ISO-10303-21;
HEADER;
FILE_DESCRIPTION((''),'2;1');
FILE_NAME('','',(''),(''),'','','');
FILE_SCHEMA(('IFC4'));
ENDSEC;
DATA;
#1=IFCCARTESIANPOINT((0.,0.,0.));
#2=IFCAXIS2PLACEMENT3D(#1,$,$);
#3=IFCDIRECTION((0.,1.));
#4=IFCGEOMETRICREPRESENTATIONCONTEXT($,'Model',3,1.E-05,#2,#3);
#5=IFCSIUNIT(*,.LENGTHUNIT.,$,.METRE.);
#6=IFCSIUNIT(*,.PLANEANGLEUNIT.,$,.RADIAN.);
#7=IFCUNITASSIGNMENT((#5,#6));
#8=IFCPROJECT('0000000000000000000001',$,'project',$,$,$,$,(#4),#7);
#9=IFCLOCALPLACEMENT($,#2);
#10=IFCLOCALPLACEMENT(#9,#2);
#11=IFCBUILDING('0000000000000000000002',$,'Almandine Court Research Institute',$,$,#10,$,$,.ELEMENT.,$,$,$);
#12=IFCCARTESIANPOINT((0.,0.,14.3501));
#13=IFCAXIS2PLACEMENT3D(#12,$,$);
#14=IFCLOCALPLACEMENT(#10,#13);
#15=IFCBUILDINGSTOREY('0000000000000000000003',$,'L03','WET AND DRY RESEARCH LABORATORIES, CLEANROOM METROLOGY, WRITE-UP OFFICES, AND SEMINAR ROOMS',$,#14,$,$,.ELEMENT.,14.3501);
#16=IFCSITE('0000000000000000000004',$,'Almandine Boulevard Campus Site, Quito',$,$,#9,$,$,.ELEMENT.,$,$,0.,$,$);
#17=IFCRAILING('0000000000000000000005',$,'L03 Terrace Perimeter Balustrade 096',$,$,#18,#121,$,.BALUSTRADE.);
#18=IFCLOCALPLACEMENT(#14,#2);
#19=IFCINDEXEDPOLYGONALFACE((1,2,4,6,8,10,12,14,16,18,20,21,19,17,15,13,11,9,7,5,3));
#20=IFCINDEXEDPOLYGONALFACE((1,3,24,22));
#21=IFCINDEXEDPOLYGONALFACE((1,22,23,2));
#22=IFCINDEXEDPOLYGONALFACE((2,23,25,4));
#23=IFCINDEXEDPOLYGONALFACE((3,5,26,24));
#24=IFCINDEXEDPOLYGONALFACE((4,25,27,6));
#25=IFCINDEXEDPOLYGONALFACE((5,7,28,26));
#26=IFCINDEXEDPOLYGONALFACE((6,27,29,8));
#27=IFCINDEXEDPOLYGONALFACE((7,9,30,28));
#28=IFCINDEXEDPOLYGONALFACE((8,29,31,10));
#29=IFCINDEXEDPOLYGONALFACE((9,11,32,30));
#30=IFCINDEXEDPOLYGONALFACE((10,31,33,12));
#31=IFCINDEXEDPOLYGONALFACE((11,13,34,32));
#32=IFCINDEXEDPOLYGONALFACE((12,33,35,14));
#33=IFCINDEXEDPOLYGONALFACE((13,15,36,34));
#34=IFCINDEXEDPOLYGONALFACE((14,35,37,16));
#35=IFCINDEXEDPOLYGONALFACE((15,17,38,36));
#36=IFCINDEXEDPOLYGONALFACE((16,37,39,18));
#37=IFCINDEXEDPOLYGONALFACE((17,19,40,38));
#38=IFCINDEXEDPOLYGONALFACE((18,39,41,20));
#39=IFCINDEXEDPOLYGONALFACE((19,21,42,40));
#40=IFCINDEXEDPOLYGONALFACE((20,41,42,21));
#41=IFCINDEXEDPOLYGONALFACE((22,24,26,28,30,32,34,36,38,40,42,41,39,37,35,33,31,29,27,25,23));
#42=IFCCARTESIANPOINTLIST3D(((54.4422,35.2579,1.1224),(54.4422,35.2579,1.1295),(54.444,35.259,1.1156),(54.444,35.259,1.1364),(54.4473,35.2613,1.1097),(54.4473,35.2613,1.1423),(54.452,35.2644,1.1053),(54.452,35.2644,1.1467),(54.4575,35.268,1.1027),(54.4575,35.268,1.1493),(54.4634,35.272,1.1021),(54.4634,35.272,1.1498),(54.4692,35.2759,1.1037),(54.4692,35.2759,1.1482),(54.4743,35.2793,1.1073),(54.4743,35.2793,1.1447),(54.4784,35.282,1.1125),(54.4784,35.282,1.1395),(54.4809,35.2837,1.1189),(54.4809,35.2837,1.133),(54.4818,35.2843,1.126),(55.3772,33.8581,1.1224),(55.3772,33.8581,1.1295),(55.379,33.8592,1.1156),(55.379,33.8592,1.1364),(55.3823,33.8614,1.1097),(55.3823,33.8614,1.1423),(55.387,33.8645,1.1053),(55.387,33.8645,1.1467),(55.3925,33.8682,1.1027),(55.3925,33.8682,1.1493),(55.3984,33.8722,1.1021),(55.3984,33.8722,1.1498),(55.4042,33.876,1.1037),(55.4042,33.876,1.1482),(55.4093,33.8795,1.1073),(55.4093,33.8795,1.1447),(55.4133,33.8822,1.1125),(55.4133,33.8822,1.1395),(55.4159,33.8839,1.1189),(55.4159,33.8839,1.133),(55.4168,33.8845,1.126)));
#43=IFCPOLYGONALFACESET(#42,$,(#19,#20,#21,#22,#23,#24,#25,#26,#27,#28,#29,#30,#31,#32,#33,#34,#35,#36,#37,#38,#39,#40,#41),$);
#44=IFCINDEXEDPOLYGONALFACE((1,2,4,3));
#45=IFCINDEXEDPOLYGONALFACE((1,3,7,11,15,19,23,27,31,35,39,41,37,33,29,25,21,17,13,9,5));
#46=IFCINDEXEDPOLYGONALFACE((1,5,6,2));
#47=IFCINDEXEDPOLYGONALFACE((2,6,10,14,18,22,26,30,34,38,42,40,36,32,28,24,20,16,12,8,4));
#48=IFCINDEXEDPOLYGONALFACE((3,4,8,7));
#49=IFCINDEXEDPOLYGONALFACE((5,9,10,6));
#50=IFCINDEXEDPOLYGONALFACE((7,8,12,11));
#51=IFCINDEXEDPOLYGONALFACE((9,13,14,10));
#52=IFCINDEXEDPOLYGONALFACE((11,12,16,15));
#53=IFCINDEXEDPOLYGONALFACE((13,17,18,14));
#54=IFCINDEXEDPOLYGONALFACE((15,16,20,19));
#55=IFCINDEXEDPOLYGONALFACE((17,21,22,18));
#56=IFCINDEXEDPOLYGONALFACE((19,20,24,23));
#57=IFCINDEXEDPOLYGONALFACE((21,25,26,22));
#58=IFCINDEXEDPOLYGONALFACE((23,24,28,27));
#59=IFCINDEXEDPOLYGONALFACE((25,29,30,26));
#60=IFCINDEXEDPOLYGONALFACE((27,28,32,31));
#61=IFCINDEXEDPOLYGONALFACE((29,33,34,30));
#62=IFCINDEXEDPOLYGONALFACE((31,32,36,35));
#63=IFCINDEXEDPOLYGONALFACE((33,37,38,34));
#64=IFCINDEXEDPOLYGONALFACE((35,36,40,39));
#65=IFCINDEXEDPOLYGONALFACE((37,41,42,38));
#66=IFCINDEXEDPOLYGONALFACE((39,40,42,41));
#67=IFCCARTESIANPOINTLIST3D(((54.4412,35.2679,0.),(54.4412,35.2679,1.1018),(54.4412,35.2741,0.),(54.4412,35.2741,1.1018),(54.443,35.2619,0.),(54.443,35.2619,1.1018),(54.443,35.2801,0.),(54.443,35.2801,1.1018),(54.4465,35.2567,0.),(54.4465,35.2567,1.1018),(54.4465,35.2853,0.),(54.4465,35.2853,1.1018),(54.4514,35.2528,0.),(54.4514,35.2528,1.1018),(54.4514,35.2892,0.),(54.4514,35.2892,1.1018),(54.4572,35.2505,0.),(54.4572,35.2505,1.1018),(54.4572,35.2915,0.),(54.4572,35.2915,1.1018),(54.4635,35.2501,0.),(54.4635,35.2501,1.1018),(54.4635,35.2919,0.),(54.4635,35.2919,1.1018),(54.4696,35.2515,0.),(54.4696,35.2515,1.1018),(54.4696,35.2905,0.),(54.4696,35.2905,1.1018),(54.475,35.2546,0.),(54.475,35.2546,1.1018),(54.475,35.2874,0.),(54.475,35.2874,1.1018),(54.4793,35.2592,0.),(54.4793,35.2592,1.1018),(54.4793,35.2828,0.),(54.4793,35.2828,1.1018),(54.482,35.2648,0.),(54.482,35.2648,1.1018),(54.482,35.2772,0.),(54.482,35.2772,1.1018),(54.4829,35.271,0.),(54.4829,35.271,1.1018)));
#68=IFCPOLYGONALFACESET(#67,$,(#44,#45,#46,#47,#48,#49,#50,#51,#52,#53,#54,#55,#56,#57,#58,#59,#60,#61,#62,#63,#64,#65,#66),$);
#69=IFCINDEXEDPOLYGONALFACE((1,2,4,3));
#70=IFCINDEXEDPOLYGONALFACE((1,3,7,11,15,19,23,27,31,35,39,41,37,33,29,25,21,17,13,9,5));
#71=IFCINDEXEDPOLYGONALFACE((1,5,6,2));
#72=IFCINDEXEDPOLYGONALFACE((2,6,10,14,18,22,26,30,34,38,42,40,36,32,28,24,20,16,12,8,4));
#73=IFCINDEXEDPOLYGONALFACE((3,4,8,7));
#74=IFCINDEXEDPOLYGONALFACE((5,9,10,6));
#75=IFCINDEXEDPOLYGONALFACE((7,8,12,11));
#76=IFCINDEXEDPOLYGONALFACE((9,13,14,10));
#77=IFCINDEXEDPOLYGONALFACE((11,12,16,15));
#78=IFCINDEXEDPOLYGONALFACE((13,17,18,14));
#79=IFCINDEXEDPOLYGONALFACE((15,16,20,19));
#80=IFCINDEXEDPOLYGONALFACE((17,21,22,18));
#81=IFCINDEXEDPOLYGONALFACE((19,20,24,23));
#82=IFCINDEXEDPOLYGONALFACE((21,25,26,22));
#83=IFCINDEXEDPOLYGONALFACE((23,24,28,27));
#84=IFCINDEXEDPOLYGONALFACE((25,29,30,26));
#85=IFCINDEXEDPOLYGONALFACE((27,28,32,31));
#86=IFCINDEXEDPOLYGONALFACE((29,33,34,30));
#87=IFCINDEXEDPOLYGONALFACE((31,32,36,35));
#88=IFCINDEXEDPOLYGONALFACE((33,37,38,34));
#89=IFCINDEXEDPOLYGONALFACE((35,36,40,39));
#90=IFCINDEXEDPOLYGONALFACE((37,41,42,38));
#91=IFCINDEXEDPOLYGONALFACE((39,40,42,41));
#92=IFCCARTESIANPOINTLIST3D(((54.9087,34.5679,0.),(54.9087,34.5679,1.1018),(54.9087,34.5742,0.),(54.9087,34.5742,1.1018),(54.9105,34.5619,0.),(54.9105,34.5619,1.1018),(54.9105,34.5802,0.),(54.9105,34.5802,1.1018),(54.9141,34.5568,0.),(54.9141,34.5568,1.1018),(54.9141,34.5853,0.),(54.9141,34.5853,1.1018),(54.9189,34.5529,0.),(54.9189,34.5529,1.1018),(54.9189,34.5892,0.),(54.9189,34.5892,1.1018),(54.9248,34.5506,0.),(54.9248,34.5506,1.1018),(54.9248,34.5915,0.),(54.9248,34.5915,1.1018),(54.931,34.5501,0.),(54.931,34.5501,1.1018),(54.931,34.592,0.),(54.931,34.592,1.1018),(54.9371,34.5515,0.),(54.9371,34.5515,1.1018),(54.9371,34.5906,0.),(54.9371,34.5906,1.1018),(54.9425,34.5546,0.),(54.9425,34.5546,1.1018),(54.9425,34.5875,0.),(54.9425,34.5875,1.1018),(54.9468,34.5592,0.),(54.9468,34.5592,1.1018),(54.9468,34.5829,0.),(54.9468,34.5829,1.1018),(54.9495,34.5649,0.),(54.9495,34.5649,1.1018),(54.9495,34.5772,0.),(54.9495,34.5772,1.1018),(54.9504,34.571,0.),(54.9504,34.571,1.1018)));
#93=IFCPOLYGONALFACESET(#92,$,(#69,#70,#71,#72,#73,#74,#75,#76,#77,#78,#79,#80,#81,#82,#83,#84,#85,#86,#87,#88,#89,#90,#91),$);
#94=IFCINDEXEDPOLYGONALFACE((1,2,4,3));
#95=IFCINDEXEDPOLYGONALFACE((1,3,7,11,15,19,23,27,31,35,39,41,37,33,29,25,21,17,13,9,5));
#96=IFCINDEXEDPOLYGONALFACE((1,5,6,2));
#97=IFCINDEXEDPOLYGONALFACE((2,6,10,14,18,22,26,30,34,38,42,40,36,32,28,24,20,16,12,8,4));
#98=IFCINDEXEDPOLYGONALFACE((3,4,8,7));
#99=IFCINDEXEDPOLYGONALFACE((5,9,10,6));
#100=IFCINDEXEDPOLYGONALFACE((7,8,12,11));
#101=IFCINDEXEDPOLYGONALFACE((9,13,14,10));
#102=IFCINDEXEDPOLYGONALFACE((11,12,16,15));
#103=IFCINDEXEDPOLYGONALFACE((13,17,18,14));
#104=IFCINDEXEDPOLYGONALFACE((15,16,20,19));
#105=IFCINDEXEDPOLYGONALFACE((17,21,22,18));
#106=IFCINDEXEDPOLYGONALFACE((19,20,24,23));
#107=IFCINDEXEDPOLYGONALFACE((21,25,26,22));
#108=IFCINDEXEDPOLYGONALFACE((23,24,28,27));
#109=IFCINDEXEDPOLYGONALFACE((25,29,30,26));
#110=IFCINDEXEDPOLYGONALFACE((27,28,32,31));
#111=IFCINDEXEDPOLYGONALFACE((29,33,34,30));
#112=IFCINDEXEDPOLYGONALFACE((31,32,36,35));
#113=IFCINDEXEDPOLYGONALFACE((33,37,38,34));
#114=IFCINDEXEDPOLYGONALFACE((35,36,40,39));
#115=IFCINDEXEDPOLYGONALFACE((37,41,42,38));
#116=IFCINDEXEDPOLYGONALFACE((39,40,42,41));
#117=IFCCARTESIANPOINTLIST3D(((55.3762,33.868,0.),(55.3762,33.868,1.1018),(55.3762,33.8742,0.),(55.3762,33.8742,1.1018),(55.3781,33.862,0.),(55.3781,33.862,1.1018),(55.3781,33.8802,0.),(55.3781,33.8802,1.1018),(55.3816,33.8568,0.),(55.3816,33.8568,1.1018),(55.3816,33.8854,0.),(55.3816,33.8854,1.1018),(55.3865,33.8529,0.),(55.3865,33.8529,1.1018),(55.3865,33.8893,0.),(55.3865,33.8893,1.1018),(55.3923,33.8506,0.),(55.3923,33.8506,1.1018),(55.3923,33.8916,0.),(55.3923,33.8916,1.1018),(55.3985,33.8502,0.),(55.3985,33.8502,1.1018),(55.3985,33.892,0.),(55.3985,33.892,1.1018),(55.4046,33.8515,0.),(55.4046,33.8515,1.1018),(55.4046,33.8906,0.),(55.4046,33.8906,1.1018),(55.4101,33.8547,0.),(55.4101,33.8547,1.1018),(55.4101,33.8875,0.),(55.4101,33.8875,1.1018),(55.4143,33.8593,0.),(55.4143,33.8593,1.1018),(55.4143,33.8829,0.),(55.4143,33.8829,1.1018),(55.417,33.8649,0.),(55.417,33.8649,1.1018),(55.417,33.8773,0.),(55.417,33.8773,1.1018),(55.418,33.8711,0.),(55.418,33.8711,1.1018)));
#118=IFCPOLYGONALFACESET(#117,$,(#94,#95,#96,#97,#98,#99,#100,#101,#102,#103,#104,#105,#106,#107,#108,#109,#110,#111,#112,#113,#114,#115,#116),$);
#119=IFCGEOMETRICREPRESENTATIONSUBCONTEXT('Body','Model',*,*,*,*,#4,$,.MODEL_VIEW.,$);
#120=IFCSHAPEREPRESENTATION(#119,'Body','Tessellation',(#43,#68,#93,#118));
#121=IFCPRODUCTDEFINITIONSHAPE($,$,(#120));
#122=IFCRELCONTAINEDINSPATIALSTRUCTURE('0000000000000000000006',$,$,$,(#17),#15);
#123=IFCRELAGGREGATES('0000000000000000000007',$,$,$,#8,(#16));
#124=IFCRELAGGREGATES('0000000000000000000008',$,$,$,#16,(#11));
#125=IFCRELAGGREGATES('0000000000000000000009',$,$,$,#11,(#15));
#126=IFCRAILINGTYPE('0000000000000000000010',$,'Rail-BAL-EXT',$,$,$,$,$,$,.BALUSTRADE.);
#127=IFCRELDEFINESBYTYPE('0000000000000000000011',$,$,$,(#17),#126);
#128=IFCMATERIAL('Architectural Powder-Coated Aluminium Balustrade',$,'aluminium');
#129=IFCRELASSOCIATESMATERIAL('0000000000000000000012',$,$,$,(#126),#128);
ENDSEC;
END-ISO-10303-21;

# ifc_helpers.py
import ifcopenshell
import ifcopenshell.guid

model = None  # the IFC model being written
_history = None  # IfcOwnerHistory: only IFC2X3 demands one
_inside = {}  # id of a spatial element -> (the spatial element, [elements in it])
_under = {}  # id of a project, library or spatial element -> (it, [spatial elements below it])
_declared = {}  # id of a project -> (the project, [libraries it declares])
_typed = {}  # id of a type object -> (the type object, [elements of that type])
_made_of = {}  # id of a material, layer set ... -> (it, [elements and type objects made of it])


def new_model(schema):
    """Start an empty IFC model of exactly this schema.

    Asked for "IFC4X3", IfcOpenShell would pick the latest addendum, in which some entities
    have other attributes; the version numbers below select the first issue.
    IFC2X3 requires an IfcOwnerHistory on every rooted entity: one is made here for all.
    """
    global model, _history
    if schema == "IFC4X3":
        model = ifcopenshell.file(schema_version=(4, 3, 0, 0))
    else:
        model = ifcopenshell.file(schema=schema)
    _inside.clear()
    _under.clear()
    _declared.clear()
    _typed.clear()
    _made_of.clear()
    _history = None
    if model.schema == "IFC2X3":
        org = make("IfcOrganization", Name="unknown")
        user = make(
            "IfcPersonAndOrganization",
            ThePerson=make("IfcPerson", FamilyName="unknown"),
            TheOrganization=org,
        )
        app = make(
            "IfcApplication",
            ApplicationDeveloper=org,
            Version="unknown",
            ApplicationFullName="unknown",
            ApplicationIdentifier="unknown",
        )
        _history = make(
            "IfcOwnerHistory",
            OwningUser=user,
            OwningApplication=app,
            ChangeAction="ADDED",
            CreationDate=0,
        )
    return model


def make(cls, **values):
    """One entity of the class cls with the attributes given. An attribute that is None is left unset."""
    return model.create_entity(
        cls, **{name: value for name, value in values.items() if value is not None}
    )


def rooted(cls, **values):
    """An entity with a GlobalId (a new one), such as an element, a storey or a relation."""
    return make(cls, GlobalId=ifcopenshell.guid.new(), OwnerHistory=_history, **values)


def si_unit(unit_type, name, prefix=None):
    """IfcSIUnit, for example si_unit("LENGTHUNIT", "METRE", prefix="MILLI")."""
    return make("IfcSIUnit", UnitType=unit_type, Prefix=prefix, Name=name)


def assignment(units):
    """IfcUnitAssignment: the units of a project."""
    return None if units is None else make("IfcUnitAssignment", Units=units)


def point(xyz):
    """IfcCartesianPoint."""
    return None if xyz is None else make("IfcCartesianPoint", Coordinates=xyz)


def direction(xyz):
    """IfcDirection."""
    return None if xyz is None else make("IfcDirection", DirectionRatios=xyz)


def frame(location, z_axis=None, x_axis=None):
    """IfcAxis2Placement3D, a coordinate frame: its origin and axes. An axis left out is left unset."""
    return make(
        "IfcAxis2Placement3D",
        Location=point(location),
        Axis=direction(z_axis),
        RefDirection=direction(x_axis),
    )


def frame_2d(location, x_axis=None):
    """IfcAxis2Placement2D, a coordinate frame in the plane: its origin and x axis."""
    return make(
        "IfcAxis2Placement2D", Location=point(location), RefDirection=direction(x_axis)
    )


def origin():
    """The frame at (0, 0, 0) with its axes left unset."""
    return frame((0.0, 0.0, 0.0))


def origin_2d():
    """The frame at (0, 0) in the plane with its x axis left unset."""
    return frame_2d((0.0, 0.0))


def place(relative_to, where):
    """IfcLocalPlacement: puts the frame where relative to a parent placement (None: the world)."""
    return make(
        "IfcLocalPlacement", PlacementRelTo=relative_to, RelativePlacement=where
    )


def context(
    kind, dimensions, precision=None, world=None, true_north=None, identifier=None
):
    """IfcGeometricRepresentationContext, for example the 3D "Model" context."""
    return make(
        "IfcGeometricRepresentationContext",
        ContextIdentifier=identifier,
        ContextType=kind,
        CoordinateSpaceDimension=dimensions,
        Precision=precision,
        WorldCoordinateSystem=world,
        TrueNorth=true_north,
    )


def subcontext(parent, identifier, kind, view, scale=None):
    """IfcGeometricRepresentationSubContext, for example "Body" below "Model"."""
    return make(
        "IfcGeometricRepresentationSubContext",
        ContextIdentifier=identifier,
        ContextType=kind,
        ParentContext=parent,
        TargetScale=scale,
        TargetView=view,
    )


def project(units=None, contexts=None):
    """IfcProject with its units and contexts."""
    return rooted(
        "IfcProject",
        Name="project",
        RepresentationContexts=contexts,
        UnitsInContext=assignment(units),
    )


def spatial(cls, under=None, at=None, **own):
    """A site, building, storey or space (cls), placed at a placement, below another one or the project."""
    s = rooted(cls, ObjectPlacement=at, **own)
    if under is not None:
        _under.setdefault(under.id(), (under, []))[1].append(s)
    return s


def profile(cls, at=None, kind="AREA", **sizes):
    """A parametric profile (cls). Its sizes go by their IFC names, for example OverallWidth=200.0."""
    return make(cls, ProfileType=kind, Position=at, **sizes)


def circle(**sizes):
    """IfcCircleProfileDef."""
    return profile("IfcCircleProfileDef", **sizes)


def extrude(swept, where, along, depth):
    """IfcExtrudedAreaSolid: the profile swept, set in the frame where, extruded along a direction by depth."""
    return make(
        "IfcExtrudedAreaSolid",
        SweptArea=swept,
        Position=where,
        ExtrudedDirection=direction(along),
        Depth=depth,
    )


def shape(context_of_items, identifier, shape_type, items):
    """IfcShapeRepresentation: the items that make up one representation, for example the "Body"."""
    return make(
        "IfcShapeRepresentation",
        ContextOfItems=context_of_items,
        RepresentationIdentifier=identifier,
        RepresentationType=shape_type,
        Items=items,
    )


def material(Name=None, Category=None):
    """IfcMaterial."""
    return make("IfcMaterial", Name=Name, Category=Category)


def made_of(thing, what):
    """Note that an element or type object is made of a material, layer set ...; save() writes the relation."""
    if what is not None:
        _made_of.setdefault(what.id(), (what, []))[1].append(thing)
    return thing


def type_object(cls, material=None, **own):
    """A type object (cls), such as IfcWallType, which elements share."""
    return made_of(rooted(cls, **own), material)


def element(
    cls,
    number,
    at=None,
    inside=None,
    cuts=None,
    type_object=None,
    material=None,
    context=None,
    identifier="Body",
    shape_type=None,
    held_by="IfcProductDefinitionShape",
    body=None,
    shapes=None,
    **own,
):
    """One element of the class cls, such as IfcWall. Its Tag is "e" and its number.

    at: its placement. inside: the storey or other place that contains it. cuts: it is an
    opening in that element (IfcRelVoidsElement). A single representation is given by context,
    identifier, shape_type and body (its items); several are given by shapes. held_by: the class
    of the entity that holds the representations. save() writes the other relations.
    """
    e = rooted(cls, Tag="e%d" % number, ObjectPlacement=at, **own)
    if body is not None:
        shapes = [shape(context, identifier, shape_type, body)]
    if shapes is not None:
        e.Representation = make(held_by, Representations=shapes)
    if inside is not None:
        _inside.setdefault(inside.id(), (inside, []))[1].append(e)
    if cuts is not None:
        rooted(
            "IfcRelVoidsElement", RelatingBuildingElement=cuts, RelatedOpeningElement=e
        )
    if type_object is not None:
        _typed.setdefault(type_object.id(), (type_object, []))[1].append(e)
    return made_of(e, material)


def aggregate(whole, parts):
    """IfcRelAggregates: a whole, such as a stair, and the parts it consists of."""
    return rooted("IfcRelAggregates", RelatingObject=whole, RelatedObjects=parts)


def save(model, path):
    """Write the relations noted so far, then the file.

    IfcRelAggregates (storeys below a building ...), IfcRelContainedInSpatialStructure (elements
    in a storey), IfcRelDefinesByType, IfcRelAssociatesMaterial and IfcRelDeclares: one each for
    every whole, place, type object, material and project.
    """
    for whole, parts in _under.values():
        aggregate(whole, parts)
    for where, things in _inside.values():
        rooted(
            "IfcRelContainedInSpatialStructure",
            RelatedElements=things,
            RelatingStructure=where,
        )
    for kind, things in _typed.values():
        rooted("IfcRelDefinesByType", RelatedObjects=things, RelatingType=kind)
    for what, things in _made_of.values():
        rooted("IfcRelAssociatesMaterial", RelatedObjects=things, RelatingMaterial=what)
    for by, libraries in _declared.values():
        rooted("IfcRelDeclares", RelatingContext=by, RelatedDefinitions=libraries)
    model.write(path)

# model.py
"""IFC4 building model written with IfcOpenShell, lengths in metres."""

from ifc_helpers import new_model, si_unit, direction, frame, origin, origin_2d, place, context, subcontext, project, spatial, circle, extrude, material, type_object, element, save


model = new_model("IFC4")

# Units and contexts
model_context = context("Model", 3, precision=1e-05, world=origin(), true_north=direction((0.0, 1.0)))
body_context = subcontext(model_context, "Body", "Model", "MODEL_VIEW")
ifc_project = project(units=[si_unit("LENGTHUNIT", "METRE"), si_unit("PLANEANGLEUNIT", "RADIAN")], contexts=[model_context])

# Site, building, storey
site_placement = place(None, origin())
site = spatial("IfcSite", under=ifc_project, at=site_placement, Name="Almandine Boulevard Campus Site, Quito", CompositionType="ELEMENT", RefElevation=0.0)
building_placement = place(site_placement, origin())
building = spatial("IfcBuilding", under=site, at=building_placement, Name="Almandine Court Research Institute", CompositionType="ELEMENT")
storey_placement = place(building_placement, frame((0.0, 0.0, 14.3501)))
storey = spatial("IfcBuildingStorey", under=building, at=storey_placement, Name="L03", Description="WET AND DRY RESEARCH LABORATORIES, CLEANROOM METROLOGY, WRITE-UP OFFICES, AND SEMINAR ROOMS", CompositionType="ELEMENT", Elevation=14.3501)

# Railing
ifc_material_1 = material(Name="Architectural Powder-Coated Aluminium Balustrade", Category="aluminium")
railing_type = type_object("IfcRailingType", Name="Rail-BAL-EXT", PredefinedType="BALUSTRADE", material=ifc_material_1)
railing_1_placement = place(storey_placement, frame((54.4619, 35.271, 0.0)))
element("IfcRailing", 1, at=railing_1_placement, inside=storey, type_object=railing_type, Name="L03 Terrace Perimeter Balustrade 096", PredefinedType="BALUSTRADE", context=body_context, shape_type="SweptSolid", body=[
    extrude(circle(Radius=0.0239, at=origin_2d()), frame((0.0, 0.0, 1.126), z_axis=(0.555436, -0.831559, 0.0), x_axis=(0.831559, 0.555436, 0.0)), (0.0, 0.0, 1.0), 1.6833),
    extrude(circle(Radius=0.021, at=origin_2d()), origin(), (0.0, 0.0, 1.0), 1.1018),
    extrude(circle(Radius=0.021, at=origin_2d()), frame((0.4675, -0.7, 0.0)), (0.0, 0.0, 1.0), 1.1018),
    extrude(circle(Radius=0.021, at=origin_2d()), frame((0.9351, -1.3999, 0.0)), (0.0, 0.0, 1.0), 1.1018),
])

save(model, "model.ifc")
